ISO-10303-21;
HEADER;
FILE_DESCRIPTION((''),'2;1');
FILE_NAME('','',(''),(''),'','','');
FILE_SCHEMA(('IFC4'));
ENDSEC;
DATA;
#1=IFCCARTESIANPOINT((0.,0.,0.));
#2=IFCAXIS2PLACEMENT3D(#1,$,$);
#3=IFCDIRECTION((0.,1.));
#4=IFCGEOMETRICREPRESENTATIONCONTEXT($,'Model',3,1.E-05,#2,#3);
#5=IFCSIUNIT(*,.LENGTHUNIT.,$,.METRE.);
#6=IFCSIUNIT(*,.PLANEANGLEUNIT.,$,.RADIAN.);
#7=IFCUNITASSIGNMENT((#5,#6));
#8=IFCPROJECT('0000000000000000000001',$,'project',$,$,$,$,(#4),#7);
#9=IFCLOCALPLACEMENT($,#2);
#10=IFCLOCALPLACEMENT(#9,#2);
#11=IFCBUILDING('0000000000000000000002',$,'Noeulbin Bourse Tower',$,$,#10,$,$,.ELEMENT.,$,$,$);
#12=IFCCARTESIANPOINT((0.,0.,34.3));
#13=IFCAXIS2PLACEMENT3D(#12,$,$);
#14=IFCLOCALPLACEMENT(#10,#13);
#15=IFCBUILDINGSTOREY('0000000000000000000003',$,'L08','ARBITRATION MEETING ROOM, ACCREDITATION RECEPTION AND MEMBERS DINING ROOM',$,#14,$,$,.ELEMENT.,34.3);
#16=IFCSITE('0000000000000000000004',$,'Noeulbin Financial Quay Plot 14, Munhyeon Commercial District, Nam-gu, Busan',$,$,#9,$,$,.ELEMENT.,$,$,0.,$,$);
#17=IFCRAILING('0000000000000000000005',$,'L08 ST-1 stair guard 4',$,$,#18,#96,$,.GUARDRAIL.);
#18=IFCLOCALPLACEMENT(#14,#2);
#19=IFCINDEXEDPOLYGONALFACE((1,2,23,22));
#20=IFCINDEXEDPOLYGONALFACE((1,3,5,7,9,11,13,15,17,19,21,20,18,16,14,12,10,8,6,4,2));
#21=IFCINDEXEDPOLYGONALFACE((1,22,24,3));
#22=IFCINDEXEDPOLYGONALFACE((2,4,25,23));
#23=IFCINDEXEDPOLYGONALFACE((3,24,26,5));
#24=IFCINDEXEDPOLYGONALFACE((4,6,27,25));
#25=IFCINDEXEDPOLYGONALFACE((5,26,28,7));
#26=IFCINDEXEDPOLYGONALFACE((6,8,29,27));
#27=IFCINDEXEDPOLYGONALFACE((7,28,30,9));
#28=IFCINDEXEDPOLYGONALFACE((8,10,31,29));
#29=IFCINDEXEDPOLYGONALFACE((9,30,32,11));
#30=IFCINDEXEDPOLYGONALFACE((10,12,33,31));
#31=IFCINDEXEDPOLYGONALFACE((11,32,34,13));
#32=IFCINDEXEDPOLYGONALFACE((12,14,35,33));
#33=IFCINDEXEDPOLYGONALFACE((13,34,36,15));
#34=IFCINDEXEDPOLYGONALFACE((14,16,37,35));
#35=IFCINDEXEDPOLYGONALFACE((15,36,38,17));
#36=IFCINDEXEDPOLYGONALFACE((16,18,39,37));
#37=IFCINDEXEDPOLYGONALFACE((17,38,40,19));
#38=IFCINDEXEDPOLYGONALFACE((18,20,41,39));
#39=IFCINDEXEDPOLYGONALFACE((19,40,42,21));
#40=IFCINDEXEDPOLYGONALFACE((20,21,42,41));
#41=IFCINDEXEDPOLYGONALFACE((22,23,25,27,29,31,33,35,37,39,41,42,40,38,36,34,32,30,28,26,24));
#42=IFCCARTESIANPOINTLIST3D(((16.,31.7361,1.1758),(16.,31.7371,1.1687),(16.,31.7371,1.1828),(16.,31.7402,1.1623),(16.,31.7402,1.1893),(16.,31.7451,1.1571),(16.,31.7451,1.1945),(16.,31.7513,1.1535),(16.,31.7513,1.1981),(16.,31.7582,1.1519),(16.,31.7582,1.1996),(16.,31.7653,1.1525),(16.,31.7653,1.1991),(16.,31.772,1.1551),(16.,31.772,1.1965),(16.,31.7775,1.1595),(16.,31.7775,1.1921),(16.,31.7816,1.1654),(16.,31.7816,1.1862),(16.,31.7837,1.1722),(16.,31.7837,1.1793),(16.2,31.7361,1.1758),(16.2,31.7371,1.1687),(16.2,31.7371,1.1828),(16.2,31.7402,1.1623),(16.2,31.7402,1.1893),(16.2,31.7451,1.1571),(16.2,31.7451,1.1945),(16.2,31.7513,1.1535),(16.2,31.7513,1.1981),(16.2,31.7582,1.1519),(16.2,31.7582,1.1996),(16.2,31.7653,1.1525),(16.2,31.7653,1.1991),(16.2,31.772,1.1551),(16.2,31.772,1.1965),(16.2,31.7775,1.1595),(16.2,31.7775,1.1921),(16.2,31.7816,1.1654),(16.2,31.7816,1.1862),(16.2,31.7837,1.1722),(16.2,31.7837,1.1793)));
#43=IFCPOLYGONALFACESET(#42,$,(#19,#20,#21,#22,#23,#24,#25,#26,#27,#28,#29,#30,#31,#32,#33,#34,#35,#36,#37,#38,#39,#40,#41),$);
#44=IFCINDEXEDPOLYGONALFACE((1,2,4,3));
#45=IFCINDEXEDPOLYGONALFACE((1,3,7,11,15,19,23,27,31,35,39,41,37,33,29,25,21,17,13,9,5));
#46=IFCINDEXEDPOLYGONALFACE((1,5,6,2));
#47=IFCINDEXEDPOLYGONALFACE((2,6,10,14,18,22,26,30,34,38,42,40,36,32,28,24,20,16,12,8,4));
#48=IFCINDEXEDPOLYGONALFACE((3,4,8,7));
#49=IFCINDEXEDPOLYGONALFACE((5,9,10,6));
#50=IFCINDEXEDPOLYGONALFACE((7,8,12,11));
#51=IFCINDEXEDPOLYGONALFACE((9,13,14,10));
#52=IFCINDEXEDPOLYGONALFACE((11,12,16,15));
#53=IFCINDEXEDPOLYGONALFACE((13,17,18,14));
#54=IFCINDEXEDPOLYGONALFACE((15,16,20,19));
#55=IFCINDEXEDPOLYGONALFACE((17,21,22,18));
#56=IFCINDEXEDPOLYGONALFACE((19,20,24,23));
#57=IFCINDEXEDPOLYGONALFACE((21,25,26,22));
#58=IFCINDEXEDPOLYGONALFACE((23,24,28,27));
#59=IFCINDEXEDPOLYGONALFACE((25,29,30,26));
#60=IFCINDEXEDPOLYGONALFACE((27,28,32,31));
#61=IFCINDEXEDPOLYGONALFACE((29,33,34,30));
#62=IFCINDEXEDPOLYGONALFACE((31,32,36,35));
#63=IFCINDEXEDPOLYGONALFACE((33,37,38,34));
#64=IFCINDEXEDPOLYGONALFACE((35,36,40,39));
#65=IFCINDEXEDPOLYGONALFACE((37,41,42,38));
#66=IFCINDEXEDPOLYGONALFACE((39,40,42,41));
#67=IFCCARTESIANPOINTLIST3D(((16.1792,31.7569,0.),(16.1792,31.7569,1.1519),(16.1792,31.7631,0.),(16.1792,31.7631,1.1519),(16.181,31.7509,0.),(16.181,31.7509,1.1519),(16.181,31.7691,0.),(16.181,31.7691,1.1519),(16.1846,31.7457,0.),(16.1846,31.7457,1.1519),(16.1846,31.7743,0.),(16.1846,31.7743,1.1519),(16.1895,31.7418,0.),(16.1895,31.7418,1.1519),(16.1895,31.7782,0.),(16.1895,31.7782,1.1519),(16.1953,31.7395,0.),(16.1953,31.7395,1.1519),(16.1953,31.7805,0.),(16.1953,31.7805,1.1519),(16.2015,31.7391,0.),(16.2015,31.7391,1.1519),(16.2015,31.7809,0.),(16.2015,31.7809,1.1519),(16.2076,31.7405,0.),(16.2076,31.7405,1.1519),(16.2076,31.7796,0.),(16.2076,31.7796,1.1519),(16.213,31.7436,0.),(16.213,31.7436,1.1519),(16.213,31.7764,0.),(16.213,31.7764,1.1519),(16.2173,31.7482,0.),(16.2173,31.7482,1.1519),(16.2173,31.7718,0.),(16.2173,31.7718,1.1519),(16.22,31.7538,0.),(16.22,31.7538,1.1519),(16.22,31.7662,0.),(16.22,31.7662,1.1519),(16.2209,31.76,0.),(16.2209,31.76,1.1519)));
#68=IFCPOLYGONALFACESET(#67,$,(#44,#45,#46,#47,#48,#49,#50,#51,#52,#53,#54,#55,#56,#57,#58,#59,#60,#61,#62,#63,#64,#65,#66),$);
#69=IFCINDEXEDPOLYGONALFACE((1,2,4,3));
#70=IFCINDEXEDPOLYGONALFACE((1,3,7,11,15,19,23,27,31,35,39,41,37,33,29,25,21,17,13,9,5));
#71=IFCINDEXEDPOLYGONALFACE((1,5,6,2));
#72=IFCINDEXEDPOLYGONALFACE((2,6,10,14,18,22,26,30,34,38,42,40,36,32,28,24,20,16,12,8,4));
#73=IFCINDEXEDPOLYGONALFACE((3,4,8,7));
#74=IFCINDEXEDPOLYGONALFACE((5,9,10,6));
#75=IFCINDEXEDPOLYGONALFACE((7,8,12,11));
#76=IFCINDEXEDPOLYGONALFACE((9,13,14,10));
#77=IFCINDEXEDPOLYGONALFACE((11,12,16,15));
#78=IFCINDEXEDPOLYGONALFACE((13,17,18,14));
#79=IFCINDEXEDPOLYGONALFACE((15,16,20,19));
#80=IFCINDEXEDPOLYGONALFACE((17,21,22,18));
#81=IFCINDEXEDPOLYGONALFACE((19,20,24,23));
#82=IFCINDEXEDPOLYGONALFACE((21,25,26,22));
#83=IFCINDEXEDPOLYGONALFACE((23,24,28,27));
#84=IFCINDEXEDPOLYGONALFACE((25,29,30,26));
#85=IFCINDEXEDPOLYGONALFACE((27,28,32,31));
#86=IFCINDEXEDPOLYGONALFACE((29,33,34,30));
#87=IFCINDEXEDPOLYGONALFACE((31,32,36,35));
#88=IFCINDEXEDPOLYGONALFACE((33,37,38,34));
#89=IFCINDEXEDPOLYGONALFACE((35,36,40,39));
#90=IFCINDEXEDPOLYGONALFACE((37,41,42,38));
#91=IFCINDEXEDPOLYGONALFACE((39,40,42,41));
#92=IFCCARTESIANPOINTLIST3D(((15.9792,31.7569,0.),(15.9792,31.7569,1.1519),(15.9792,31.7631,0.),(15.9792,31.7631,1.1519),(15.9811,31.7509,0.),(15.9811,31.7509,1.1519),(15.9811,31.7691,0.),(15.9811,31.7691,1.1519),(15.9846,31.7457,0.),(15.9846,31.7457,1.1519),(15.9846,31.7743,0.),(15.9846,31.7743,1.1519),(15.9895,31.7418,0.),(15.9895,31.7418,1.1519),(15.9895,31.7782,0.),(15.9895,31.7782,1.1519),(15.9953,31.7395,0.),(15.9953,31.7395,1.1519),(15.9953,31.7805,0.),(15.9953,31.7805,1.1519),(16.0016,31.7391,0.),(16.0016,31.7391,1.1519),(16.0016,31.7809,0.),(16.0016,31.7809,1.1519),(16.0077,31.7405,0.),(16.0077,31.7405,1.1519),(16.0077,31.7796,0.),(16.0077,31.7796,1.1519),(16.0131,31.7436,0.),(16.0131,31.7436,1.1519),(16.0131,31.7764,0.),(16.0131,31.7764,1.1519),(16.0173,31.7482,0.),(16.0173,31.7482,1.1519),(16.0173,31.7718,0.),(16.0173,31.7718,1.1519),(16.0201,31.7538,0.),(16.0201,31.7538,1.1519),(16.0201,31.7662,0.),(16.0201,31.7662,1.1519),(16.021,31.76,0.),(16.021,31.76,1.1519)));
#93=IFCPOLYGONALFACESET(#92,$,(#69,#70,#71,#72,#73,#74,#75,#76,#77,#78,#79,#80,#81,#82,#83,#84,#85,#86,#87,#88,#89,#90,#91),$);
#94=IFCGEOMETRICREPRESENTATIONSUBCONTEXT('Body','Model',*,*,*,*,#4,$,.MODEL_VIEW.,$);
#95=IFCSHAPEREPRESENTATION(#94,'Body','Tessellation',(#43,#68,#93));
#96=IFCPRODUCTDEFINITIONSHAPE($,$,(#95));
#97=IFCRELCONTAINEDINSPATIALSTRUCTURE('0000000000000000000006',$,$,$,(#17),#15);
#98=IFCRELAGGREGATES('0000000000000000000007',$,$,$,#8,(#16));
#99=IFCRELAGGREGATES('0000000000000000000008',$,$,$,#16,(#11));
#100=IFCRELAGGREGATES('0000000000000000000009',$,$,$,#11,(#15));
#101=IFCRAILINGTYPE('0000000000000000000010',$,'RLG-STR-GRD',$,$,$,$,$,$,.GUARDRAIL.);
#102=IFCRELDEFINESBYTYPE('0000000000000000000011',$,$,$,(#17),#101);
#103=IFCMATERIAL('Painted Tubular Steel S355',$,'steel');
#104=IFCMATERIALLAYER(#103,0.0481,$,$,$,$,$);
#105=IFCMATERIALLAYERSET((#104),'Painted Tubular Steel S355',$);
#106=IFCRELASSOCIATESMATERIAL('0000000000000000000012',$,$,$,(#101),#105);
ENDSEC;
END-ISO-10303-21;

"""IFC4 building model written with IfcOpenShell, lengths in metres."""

from ifc_helpers import new_model, si_unit, direction, frame, origin, origin_2d, place, context, subcontext, project, spatial, circle, extrude, material, layer, layer_set, type_object, element, save


model = new_model("IFC4")

# Units and contexts
model_context = context("Model", 3, precision=1e-05, world=origin(), true_north=direction((0.0, 1.0)))
body_context = subcontext(model_context, "Body", "Model", "MODEL_VIEW")
ifc_project = project(units=[si_unit("LENGTHUNIT", "METRE"), si_unit("PLANEANGLEUNIT", "RADIAN")], contexts=[model_context])

# Site, building, storey
site_placement = place(None, origin())
site = spatial("IfcSite", under=ifc_project, at=site_placement, Name="Noeulbin Financial Quay Plot 14, Munhyeon Commercial District, Nam-gu, Busan", CompositionType="ELEMENT", RefElevation=0.0)
building_placement = place(site_placement, origin())
building = spatial("IfcBuilding", under=site, at=building_placement, Name="Noeulbin Bourse Tower", CompositionType="ELEMENT")
storey_placement = place(building_placement, frame((0.0, 0.0, 34.3)))
storey = spatial("IfcBuildingStorey", under=building, at=storey_placement, Name="L08", Description="ARBITRATION MEETING ROOM, ACCREDITATION RECEPTION AND MEMBERS DINING ROOM", CompositionType="ELEMENT", Elevation=34.3)

# Railing
ifc_material_1 = material(Name="Painted Tubular Steel S355", Category="steel")
ifc_layer_1 = layer(ifc_material_1, 0.0481)
ifc_layer_set_1 = layer_set([ifc_layer_1], Name="Painted Tubular Steel S355")
railing_type_1 = type_object("IfcRailingType", Name="RLG-STR-GRD", PredefinedType="GUARDRAIL", material=ifc_layer_set_1)
railing_1_placement = place(storey_placement, frame((16.2, 31.76, 0.0)))
element("IfcRailing", 1, at=railing_1_placement, inside=storey, type_object=railing_type_1, Name="L08 ST-1 stair guard 4", PredefinedType="GUARDRAIL", context=body_context, shape_type="SweptSolid", body=[
    extrude(circle(Radius=0.0239, at=origin_2d()), frame((0.0, 0.0, 1.1758), z_axis=(-1.0, 0.0, 0.0), x_axis=(0.0, -1.0, 0.0)), (0.0, 0.0, 1.0), 0.2),
    extrude(circle(Radius=0.021, at=origin_2d()), origin(), (0.0, 0.0, 1.0), 1.1519),
    extrude(circle(Radius=0.021, at=origin_2d()), frame((-0.2, 0.0, 0.0)), (0.0, 0.0, 1.0), 1.1519),
])

save(model, "model.ifc")
